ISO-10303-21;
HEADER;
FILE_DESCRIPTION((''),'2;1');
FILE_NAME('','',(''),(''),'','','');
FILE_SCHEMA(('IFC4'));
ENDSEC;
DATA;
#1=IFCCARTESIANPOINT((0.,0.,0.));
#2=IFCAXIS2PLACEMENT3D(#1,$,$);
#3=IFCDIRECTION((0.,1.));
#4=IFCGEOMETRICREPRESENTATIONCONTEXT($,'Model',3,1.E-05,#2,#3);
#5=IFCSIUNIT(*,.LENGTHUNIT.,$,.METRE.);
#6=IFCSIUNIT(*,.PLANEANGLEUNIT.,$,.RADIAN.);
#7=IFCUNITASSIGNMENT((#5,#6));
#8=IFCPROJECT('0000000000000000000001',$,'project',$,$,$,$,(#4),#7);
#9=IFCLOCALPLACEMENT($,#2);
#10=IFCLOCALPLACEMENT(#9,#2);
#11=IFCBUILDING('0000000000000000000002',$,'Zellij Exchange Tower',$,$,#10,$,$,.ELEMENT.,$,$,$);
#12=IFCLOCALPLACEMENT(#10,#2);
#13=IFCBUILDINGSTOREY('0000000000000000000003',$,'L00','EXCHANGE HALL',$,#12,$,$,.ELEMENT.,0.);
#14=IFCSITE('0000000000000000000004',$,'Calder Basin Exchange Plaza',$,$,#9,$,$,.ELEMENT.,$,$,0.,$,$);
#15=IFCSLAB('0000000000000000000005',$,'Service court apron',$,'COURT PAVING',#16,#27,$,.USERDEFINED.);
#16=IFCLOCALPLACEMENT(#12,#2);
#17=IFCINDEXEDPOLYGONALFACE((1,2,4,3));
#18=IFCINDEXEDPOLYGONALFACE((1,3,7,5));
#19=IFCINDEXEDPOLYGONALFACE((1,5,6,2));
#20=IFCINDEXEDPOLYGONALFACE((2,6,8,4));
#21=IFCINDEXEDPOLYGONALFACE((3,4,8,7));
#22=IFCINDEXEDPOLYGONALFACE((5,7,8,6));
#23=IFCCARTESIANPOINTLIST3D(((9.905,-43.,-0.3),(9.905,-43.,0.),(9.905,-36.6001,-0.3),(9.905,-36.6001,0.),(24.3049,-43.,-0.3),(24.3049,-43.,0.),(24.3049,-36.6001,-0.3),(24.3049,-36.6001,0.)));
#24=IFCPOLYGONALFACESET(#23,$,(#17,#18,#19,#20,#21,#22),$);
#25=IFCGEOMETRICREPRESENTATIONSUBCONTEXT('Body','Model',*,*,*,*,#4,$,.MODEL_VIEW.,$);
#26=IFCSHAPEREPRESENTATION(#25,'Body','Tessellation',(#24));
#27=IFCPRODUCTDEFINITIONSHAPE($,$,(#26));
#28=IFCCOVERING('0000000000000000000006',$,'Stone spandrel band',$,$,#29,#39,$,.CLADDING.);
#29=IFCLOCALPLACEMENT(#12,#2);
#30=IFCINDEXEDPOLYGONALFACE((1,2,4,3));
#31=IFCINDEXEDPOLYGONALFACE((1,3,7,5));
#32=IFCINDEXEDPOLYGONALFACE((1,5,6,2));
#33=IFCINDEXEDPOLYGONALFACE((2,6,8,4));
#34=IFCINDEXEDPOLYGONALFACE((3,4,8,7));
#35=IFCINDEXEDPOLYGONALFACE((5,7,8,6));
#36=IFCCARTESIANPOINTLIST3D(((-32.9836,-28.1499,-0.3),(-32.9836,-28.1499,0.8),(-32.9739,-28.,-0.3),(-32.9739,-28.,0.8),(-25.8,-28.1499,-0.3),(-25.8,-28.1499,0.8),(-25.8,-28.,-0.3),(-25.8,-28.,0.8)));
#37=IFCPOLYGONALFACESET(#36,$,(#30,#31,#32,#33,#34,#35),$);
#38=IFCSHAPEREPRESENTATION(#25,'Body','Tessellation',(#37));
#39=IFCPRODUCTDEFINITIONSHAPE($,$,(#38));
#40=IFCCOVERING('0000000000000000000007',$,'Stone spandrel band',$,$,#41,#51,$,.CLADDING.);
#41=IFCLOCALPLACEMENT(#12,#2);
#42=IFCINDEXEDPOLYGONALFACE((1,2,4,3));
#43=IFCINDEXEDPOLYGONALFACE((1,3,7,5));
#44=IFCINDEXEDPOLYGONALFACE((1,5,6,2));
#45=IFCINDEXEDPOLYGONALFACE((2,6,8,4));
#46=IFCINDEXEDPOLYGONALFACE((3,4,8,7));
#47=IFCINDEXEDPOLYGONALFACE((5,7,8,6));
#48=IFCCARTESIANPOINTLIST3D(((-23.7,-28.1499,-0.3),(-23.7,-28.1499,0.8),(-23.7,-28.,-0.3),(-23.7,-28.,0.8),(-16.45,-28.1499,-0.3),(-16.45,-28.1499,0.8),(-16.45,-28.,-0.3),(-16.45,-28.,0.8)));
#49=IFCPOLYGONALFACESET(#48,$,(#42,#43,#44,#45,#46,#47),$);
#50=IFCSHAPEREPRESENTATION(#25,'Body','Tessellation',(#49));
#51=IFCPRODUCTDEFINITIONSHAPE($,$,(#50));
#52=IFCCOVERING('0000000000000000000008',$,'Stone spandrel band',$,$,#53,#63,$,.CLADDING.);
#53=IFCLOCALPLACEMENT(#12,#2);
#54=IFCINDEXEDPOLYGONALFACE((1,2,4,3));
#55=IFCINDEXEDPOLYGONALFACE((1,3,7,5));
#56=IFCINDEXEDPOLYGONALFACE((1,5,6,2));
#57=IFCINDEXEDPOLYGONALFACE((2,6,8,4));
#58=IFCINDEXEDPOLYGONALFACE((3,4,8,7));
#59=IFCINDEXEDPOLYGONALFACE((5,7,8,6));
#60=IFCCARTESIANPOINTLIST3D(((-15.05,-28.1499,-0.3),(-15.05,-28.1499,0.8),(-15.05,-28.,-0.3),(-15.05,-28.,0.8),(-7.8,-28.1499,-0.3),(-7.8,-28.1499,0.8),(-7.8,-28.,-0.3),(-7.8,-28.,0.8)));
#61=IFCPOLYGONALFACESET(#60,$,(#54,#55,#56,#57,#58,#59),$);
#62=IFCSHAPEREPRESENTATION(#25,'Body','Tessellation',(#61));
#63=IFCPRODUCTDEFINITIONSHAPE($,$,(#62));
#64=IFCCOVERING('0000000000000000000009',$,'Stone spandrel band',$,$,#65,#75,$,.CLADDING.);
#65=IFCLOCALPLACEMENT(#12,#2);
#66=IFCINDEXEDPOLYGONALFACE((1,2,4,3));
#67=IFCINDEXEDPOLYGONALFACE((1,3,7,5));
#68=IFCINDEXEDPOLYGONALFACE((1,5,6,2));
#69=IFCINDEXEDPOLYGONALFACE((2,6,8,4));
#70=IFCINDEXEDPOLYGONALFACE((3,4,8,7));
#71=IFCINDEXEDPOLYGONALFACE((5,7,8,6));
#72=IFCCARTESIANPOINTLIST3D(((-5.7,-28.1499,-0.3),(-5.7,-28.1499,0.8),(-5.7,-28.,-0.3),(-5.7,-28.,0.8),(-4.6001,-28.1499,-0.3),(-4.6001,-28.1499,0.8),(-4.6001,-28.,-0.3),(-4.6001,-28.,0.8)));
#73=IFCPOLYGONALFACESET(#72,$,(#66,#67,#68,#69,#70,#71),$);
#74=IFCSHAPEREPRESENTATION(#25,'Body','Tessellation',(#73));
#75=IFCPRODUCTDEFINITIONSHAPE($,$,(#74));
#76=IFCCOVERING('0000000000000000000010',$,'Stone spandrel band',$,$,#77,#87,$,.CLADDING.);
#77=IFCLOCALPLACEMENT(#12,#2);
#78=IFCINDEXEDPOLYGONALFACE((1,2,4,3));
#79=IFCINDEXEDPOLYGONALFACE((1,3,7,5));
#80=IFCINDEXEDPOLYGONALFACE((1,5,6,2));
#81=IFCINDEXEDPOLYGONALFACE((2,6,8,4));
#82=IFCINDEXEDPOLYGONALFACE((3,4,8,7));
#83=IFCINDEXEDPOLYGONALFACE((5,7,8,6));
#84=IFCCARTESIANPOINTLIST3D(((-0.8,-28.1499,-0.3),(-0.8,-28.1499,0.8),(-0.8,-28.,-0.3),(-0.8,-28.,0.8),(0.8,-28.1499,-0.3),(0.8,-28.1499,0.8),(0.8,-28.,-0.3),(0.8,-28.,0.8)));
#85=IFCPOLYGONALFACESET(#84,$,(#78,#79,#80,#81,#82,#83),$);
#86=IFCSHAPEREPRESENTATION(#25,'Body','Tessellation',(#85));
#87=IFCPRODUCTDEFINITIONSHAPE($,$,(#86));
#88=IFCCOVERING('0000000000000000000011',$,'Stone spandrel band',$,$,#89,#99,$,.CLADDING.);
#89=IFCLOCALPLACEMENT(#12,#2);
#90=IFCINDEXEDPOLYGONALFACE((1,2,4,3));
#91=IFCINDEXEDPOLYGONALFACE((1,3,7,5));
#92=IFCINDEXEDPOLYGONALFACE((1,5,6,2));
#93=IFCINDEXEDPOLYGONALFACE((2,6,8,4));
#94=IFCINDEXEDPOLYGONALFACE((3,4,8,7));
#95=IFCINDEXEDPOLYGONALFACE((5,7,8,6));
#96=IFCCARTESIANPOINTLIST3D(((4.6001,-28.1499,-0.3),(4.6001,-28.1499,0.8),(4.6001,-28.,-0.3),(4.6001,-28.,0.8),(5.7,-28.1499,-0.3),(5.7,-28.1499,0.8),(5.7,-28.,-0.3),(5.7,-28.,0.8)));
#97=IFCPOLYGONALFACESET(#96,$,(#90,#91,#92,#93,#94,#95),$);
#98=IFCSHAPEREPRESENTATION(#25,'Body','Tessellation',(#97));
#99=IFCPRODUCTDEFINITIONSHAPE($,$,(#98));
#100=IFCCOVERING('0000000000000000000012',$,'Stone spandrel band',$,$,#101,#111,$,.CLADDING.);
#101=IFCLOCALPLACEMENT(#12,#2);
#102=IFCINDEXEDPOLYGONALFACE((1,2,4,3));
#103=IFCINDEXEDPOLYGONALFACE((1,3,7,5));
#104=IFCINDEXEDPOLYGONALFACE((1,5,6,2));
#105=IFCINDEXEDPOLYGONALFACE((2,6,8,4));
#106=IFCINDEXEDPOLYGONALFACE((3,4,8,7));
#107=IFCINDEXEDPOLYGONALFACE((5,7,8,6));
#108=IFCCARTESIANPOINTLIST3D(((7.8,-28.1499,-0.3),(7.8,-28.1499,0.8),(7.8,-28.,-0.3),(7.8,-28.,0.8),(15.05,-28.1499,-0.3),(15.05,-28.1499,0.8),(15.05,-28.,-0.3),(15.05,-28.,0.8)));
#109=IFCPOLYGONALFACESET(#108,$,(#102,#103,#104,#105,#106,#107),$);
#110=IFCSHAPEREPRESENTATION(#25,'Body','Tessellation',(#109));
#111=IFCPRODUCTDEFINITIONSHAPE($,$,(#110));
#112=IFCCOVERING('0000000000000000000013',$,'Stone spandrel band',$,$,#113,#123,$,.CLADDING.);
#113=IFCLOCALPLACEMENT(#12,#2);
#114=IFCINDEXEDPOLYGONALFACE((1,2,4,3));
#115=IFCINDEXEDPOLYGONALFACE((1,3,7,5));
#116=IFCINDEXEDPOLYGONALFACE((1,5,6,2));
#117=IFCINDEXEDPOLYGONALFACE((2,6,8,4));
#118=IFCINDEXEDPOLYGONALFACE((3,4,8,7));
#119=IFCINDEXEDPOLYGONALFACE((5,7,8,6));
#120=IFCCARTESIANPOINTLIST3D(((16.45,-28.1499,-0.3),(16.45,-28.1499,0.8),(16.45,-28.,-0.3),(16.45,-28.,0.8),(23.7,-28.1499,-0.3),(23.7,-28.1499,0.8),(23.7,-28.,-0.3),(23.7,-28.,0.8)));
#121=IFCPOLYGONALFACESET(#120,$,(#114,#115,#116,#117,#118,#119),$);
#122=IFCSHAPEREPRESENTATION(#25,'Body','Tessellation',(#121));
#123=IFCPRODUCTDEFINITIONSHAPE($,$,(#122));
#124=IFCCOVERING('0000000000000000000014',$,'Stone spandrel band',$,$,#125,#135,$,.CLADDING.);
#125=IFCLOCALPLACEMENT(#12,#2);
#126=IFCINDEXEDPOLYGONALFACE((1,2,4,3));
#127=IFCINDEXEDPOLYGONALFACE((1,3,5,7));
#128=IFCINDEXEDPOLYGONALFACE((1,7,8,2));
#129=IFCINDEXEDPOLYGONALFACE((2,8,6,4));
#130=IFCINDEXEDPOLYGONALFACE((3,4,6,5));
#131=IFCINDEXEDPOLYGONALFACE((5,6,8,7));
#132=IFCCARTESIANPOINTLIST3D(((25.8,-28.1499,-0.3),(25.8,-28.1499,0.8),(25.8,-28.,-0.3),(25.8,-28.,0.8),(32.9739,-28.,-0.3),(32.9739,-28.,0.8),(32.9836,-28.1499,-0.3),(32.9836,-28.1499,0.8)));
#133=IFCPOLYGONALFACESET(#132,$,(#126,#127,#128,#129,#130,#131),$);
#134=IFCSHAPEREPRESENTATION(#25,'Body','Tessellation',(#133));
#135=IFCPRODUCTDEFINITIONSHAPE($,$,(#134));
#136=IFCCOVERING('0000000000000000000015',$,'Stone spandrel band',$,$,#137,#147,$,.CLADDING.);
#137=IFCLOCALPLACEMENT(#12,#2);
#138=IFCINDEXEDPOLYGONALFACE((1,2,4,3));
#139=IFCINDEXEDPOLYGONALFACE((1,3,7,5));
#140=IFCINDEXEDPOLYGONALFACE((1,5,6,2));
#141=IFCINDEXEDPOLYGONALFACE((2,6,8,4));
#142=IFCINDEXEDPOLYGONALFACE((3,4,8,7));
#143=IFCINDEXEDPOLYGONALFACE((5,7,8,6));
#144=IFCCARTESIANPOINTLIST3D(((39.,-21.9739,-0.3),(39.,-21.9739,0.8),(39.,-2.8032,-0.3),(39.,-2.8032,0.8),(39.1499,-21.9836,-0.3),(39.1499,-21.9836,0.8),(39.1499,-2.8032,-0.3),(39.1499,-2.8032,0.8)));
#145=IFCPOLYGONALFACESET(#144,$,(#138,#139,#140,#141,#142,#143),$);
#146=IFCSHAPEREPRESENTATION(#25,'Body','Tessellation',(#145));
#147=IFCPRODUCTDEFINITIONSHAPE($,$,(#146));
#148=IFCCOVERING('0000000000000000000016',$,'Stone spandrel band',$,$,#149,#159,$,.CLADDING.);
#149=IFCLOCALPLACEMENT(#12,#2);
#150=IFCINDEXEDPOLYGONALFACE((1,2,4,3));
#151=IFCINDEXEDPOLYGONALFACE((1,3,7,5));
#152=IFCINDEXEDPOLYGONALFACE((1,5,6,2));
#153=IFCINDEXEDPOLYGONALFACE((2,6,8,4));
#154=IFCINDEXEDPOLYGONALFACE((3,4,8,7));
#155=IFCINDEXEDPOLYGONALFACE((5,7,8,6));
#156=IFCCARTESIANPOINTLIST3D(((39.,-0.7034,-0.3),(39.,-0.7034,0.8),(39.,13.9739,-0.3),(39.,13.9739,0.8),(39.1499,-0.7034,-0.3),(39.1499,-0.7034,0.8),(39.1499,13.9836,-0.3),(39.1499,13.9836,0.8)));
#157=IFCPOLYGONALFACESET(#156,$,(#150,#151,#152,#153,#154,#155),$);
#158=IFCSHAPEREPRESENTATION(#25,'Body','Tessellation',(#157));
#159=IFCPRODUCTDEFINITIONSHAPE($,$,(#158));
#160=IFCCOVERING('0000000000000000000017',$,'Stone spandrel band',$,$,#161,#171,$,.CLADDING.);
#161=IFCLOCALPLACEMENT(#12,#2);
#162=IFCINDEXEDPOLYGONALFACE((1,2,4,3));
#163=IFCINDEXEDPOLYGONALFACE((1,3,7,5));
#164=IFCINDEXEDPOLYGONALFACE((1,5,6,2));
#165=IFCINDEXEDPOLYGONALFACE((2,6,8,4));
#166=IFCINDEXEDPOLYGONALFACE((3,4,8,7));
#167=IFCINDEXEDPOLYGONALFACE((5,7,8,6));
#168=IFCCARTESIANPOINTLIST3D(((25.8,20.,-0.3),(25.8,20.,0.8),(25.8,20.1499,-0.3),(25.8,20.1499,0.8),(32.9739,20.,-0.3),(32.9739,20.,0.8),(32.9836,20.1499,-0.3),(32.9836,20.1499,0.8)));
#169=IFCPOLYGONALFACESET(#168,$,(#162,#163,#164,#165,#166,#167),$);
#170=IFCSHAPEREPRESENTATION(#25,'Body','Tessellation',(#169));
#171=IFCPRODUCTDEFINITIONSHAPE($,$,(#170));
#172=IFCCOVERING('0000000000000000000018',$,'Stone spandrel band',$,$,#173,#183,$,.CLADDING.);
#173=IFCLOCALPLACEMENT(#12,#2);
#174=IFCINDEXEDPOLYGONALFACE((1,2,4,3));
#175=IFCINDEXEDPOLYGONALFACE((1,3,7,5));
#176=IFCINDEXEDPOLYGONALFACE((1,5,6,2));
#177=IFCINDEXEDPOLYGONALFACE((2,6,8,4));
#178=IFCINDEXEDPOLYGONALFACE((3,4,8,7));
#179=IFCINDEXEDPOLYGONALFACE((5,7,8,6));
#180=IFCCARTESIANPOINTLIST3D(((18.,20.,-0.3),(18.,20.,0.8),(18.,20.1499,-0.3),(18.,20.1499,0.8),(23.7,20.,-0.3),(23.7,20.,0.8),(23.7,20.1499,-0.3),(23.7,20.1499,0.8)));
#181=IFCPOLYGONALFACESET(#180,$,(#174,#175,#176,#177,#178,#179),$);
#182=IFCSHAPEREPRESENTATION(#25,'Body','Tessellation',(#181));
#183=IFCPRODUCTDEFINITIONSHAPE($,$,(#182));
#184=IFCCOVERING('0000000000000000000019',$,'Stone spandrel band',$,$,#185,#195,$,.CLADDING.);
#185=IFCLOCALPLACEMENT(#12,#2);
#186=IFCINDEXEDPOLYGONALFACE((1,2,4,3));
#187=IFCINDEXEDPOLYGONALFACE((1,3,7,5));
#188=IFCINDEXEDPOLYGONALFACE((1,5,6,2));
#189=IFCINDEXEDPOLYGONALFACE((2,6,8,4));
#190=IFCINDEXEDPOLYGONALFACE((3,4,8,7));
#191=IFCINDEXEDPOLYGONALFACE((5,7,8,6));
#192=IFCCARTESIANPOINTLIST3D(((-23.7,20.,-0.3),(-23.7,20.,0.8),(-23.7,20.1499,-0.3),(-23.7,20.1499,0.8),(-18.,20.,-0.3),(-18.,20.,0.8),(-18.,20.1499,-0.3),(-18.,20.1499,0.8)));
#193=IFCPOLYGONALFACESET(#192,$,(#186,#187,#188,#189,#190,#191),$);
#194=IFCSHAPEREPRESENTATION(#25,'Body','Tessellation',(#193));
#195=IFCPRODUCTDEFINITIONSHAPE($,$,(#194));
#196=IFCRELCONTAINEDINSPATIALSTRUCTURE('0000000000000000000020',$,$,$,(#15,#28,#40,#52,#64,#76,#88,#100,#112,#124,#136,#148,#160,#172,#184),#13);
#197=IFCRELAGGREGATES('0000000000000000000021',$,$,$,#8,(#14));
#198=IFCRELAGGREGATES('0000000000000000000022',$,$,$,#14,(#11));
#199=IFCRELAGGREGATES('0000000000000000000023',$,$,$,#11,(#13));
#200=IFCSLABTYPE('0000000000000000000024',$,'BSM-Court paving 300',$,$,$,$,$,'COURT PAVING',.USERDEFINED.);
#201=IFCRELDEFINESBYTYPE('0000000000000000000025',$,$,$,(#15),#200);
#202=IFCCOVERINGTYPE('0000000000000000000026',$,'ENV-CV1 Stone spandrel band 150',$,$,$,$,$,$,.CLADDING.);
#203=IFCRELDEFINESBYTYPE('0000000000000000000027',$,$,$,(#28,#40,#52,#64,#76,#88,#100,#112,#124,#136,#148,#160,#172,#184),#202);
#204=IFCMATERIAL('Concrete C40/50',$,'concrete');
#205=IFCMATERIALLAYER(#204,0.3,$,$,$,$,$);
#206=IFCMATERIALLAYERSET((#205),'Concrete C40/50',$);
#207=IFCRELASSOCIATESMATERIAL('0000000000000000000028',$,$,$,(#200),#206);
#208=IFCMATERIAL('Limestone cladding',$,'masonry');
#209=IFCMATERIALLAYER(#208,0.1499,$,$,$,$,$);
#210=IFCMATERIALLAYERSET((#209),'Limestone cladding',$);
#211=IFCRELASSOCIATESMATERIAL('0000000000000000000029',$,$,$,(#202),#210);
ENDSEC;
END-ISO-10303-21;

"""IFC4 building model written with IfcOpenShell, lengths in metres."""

from ifc_helpers import new_model, si_unit, direction, frame, origin, place, context, subcontext, project, spatial, polyline, outline, extrude, material, layer, layer_set, type_object, element, save


model = new_model("IFC4")

# Units and contexts
model_context = context("Model", 3, precision=1e-05, world=origin(), true_north=direction((0.0, 1.0)))
body_context = subcontext(model_context, "Body", "Model", "MODEL_VIEW")
ifc_project = project(units=[si_unit("LENGTHUNIT", "METRE"), si_unit("PLANEANGLEUNIT", "RADIAN")], contexts=[model_context])

# Site, building, storey
site_placement = place(None, origin())
site = spatial("IfcSite", under=ifc_project, at=site_placement, Name="Calder Basin Exchange Plaza", CompositionType="ELEMENT", RefElevation=0.0)
building_placement = place(site_placement, origin())
building = spatial("IfcBuilding", under=site, at=building_placement, Name="Zellij Exchange Tower", CompositionType="ELEMENT")
storey_placement = place(building_placement, origin())
storey = spatial("IfcBuildingStorey", under=building, at=storey_placement, Name="L00", Description="EXCHANGE HALL", CompositionType="ELEMENT", Elevation=0.0)

# Slab
ifc_material_1 = material(Name="Concrete C40/50", Category="concrete")
ifc_layer_1 = layer(ifc_material_1, 0.3)
ifc_layer_set_1 = layer_set([ifc_layer_1], Name="Concrete C40/50")
slab_type = type_object("IfcSlabType", Name="BSM-Court paving 300", ElementType="COURT PAVING", PredefinedType="USERDEFINED", material=ifc_layer_set_1)
slab_placement = place(storey_placement, frame((0.0, 0.0, -0.3)))
element("IfcSlab", 1, at=slab_placement, inside=storey, type_object=slab_type, Name="Service court apron", ObjectType="COURT PAVING", PredefinedType="USERDEFINED", context=body_context, shape_type="SweptSolid", body=[
    extrude(outline(polyline([(24.3049, -43.0), (24.3049, -36.6001), (9.905, -36.6001), (9.905, -43.0), (24.3049, -43.0)])), origin(), (0.0, 0.0, 1.0), 0.3),
])

# Coverings
ifc_material_2 = material(Name="Limestone cladding", Category="masonry")
ifc_layer_2 = layer(ifc_material_2, 0.1499)
ifc_layer_set_2 = layer_set([ifc_layer_2], Name="Limestone cladding")
covering_type = type_object("IfcCoveringType", Name="ENV-CV1 Stone spandrel band 150", PredefinedType="CLADDING", material=ifc_layer_set_2)
covering_1_placement = place(storey_placement, frame((0.0, 0.0, -0.3)))
element("IfcCovering", 2, at=covering_1_placement, inside=storey, type_object=covering_type, Name="Stone spandrel band", PredefinedType="CLADDING", context=body_context, shape_type="SweptSolid", body=[
    extrude(outline(polyline([(-32.9739, -28.0), (-25.8, -28.0), (-25.8, -28.1499), (-32.9836, -28.1499), (-32.9739, -28.0)])), origin(), (0.0, 0.0, 1.0), 1.1001),
])
covering_2_placement = place(storey_placement, frame((0.0, 0.0, -0.3)))
element("IfcCovering", 3, at=covering_2_placement, inside=storey, type_object=covering_type, Name="Stone spandrel band", PredefinedType="CLADDING", context=body_context, shape_type="SweptSolid", body=[
    extrude(outline(polyline([(-23.7, -28.0), (-16.45, -28.0), (-16.45, -28.1499), (-23.7, -28.1499), (-23.7, -28.0)])), origin(), (0.0, 0.0, 1.0), 1.1001),
])
covering_3_placement = place(storey_placement, frame((0.0, 0.0, -0.3)))
element("IfcCovering", 4, at=covering_3_placement, inside=storey, type_object=covering_type, Name="Stone spandrel band", PredefinedType="CLADDING", context=body_context, shape_type="SweptSolid", body=[
    extrude(outline(polyline([(-15.05, -28.0), (-7.8, -28.0), (-7.8, -28.1499), (-15.05, -28.1499), (-15.05, -28.0)])), origin(), (0.0, 0.0, 1.0), 1.1001),
])
covering_4_placement = place(storey_placement, frame((0.0, 0.0, -0.3)))
element("IfcCovering", 5, at=covering_4_placement, inside=storey, type_object=covering_type, Name="Stone spandrel band", PredefinedType="CLADDING", context=body_context, shape_type="SweptSolid", body=[
    extrude(outline(polyline([(-5.7, -28.0), (-4.6001, -28.0), (-4.6001, -28.1499), (-5.7, -28.1499), (-5.7, -28.0)])), origin(), (0.0, 0.0, 1.0), 1.1001),
])
covering_5_placement = place(storey_placement, frame((0.0, 0.0, -0.3)))
element("IfcCovering", 6, at=covering_5_placement, inside=storey, type_object=covering_type, Name="Stone spandrel band", PredefinedType="CLADDING", context=body_context, shape_type="SweptSolid", body=[
    extrude(outline(polyline([(-0.8, -28.0), (0.8, -28.0), (0.8, -28.1499), (-0.8, -28.1499), (-0.8, -28.0)])), origin(), (0.0, 0.0, 1.0), 1.1001),
])
covering_6_placement = place(storey_placement, frame((0.0, 0.0, -0.3)))
element("IfcCovering", 7, at=covering_6_placement, inside=storey, type_object=covering_type, Name="Stone spandrel band", PredefinedType="CLADDING", context=body_context, shape_type="SweptSolid", body=[
    extrude(outline(polyline([(4.6001, -28.0), (5.7, -28.0), (5.7, -28.1499), (4.6001, -28.1499), (4.6001, -28.0)])), origin(), (0.0, 0.0, 1.0), 1.1001),
])
covering_7_placement = place(storey_placement, frame((0.0, 0.0, -0.3)))
element("IfcCovering", 8, at=covering_7_placement, inside=storey, type_object=covering_type, Name="Stone spandrel band", PredefinedType="CLADDING", context=body_context, shape_type="SweptSolid", body=[
    extrude(outline(polyline([(7.8, -28.0), (15.05, -28.0), (15.05, -28.1499), (7.8, -28.1499), (7.8, -28.0)])), origin(), (0.0, 0.0, 1.0), 1.1001),
])
covering_8_placement = place(storey_placement, frame((0.0, 0.0, -0.3)))
element("IfcCovering", 9, at=covering_8_placement, inside=storey, type_object=covering_type, Name="Stone spandrel band", PredefinedType="CLADDING", context=body_context, shape_type="SweptSolid", body=[
    extrude(outline(polyline([(16.45, -28.0), (23.7, -28.0), (23.7, -28.1499), (16.45, -28.1499), (16.45, -28.0)])), origin(), (0.0, 0.0, 1.0), 1.1001),
])
covering_9_placement = place(storey_placement, frame((0.0, 0.0, -0.3)))
element("IfcCovering", 10, at=covering_9_placement, inside=storey, type_object=covering_type, Name="Stone spandrel band", PredefinedType="CLADDING", context=body_context, shape_type="SweptSolid", body=[
    extrude(outline(polyline([(25.8, -28.0), (32.9739, -28.0), (32.9836, -28.1499), (25.8, -28.1499), (25.8, -28.0)])), origin(), (0.0, 0.0, 1.0), 1.1001),
])
covering_10_placement = place(storey_placement, frame((0.0, 0.0, -0.3)))
element("IfcCovering", 11, at=covering_10_placement, inside=storey, type_object=covering_type, Name="Stone spandrel band", PredefinedType="CLADDING", context=body_context, shape_type="SweptSolid", body=[
    extrude(outline(polyline([(39.0, -21.9739), (39.0, -2.8032), (39.1499, -2.8032), (39.1499, -21.9836), (39.0, -21.9739)])), origin(), (0.0, 0.0, 1.0), 1.1001),
])
covering_11_placement = place(storey_placement, frame((0.0, 0.0, -0.3)))
element("IfcCovering", 12, at=covering_11_placement, inside=storey, type_object=covering_type, Name="Stone spandrel band", PredefinedType="CLADDING", context=body_context, shape_type="SweptSolid", body=[
    extrude(outline(polyline([(39.0, -0.7034), (39.0, 13.9739), (39.1499, 13.9836), (39.1499, -0.7034), (39.0, -0.7034)])), origin(), (0.0, 0.0, 1.0), 1.1001),
])
covering_12_placement = place(storey_placement, frame((0.0, 0.0, -0.3)))
element("IfcCovering", 13, at=covering_12_placement, inside=storey, type_object=covering_type, Name="Stone spandrel band", PredefinedType="CLADDING", context=body_context, shape_type="SweptSolid", body=[
    extrude(outline(polyline([(32.9739, 20.0), (25.8, 20.0), (25.8, 20.1499), (32.9836, 20.1499), (32.9739, 20.0)])), origin(), (0.0, 0.0, 1.0), 1.1001),
])
covering_13_placement = place(storey_placement, frame((0.0, 0.0, -0.3)))
element("IfcCovering", 14, at=covering_13_placement, inside=storey, type_object=covering_type, Name="Stone spandrel band", PredefinedType="CLADDING", context=body_context, shape_type="SweptSolid", body=[
    extrude(outline(polyline([(23.7, 20.0), (18.0, 20.0), (18.0, 20.1499), (23.7, 20.1499), (23.7, 20.0)])), origin(), (0.0, 0.0, 1.0), 1.1001),
])
covering_14_placement = place(storey_placement, frame((0.0, 0.0, -0.3)))
element("IfcCovering", 15, at=covering_14_placement, inside=storey, type_object=covering_type, Name="Stone spandrel band", PredefinedType="CLADDING", context=body_context, shape_type="SweptSolid", body=[
    extrude(outline(polyline([(-18.0, 20.0), (-23.7, 20.0), (-23.7, 20.1499), (-18.0, 20.1499), (-18.0, 20.0)])), origin(), (0.0, 0.0, 1.0), 1.1001),
])

save(model, "model.ifc")
